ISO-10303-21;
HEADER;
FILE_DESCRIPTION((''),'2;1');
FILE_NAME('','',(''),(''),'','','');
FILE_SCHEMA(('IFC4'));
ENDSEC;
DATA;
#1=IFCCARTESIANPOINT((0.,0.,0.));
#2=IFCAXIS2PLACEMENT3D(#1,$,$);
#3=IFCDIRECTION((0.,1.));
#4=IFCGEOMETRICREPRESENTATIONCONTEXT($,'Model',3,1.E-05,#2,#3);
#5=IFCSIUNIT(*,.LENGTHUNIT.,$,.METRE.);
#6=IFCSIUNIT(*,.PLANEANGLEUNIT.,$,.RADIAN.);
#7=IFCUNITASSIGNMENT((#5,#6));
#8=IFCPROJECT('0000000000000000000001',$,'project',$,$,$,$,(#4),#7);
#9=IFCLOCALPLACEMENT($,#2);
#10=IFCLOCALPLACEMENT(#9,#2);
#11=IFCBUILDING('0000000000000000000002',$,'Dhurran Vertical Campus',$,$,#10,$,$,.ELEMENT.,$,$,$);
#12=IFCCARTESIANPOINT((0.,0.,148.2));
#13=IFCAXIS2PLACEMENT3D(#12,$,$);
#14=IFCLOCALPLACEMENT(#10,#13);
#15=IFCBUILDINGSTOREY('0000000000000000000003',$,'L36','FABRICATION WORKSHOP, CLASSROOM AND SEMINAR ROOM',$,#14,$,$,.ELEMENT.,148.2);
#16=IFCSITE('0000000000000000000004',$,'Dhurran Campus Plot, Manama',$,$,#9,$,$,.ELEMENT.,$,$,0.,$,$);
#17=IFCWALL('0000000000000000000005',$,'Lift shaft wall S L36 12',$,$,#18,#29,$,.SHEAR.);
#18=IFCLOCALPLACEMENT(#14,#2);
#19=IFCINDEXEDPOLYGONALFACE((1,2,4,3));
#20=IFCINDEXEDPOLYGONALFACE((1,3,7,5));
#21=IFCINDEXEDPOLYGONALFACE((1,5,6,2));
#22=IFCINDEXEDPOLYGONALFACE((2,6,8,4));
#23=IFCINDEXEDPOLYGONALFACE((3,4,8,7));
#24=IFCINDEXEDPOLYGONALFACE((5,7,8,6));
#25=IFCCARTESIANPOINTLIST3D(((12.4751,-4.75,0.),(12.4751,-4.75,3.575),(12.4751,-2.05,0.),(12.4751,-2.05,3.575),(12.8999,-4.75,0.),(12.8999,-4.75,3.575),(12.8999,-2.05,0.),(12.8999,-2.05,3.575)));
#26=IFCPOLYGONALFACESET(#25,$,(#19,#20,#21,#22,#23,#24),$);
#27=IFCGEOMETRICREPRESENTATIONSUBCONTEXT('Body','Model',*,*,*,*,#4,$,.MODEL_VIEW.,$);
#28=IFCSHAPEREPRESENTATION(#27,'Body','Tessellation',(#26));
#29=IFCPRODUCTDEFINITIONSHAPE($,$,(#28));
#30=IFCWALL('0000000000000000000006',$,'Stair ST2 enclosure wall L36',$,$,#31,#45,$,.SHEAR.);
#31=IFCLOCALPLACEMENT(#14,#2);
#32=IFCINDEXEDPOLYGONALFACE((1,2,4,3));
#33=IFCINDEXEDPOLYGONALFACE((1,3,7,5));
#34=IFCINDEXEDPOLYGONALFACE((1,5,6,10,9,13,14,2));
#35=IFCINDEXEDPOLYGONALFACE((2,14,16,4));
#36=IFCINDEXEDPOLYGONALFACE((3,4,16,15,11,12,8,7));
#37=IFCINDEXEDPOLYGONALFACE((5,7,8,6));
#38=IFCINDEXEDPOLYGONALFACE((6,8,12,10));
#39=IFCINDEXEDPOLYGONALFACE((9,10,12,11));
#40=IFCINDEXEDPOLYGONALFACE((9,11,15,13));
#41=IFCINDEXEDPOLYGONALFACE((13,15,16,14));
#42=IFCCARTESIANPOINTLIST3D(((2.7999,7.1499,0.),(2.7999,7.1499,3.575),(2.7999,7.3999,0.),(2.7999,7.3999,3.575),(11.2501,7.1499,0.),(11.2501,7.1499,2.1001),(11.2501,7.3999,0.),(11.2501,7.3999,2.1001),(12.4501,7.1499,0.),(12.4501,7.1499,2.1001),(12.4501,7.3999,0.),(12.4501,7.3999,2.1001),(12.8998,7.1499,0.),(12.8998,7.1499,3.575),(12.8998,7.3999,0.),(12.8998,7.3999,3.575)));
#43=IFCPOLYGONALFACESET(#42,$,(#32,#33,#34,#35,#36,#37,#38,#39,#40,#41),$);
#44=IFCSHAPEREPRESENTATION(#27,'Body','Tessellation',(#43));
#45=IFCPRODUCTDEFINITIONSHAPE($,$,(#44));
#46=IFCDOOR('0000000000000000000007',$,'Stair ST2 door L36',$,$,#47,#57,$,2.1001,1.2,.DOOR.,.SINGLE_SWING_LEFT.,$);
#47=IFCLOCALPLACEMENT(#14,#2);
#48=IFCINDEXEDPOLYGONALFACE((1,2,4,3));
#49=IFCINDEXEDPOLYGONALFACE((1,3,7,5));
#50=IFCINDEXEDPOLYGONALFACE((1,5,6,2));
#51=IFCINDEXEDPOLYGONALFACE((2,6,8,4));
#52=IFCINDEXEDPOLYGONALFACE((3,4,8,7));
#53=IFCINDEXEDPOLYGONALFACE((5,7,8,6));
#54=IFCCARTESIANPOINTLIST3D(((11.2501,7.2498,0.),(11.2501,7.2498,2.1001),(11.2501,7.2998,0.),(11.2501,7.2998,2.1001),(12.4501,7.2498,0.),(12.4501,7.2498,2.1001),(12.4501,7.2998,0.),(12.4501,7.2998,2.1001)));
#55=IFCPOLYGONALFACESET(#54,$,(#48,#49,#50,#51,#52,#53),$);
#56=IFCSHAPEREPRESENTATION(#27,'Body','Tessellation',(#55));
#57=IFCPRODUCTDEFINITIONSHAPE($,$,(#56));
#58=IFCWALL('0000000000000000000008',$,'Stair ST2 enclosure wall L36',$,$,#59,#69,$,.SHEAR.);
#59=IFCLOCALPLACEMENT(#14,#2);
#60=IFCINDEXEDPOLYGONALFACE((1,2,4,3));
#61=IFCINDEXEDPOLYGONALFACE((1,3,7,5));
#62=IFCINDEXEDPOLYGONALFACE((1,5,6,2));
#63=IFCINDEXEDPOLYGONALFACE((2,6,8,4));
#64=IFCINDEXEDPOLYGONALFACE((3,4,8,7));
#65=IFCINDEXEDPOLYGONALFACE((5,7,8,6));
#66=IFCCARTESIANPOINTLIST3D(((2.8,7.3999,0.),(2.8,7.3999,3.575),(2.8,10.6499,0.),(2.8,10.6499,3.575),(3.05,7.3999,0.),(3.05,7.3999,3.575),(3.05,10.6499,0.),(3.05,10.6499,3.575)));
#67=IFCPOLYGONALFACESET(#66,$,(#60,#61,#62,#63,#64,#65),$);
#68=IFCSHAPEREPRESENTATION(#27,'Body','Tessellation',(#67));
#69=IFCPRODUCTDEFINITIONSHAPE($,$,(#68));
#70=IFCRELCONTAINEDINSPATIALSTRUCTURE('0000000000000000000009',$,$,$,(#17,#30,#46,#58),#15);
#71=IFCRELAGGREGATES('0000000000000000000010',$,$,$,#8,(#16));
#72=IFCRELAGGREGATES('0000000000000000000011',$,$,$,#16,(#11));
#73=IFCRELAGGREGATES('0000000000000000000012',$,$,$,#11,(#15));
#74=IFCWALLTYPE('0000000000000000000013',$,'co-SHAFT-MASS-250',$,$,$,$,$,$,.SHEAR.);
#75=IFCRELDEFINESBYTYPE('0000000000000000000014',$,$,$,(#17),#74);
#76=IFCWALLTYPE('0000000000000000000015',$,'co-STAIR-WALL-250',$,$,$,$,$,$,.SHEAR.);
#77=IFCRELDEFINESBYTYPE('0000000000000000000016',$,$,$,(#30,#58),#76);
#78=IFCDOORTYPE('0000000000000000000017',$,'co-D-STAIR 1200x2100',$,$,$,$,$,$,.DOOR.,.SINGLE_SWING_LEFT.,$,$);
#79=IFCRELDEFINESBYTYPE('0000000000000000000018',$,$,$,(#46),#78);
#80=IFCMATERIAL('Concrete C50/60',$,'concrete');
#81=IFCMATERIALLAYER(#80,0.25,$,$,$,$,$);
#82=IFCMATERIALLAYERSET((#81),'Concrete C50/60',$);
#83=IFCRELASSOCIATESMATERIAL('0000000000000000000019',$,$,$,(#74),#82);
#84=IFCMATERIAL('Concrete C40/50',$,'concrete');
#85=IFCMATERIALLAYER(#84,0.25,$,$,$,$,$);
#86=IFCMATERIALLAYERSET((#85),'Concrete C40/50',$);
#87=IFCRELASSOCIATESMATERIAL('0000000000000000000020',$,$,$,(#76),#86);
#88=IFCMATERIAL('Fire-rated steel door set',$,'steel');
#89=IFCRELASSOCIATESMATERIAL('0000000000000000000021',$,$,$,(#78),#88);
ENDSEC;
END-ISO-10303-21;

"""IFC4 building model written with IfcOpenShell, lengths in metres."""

from ifc_helpers import new_model, si_unit, direction, frame, frame_2d, origin, place, context, subcontext, project, spatial, polyline, rectangle, outline, extrude, material, layer, layer_set, type_object, element, fill, save


model = new_model("IFC4")

# Units and contexts
model_context = context("Model", 3, precision=1e-05, world=origin(), true_north=direction((0.0, 1.0)))
body_context = subcontext(model_context, "Body", "Model", "MODEL_VIEW")
ifc_project = project(units=[si_unit("LENGTHUNIT", "METRE"), si_unit("PLANEANGLEUNIT", "RADIAN")], contexts=[model_context])

# Site, building, storey
site_placement = place(None, origin())
site = spatial("IfcSite", under=ifc_project, at=site_placement, Name="Dhurran Campus Plot, Manama", CompositionType="ELEMENT", RefElevation=0.0)
building_placement = place(site_placement, origin())
building = spatial("IfcBuilding", under=site, at=building_placement, Name="Dhurran Vertical Campus", CompositionType="ELEMENT")
storey_placement = place(building_placement, frame((0.0, 0.0, 148.2)))
storey = spatial("IfcBuildingStorey", under=building, at=storey_placement, Name="L36", Description="FABRICATION WORKSHOP, CLASSROOM AND SEMINAR ROOM", CompositionType="ELEMENT", Elevation=148.2)

# Wall
ifc_material_1 = material(Name="Concrete C50/60", Category="concrete")
ifc_layer_1 = layer(ifc_material_1, 0.25)
ifc_layer_set_1 = layer_set([ifc_layer_1], Name="Concrete C50/60")
wall_type_1 = type_object("IfcWallType", Name="co-SHAFT-MASS-250", PredefinedType="SHEAR", material=ifc_layer_set_1)
wall_1_placement = place(storey_placement, origin())
element("IfcWall", 1, at=wall_1_placement, inside=storey, type_object=wall_type_1, Name="Lift shaft wall S L36 12", PredefinedType="SHEAR", context=body_context, shape_type="SweptSolid", body=[
    extrude(outline(polyline([(12.4751, -4.75), (12.8999, -4.75), (12.8999, -2.05), (12.4751, -2.05), (12.4751, -4.75)])), origin(), (0.0, 0.0, 1.0), 3.575),
])

# Wall, opening, door
ifc_material_2 = material(Name="Concrete C40/50", Category="concrete")
ifc_layer_2 = layer(ifc_material_2, 0.25)
ifc_layer_set_2 = layer_set([ifc_layer_2], Name="Concrete C40/50")
wall_type_2 = type_object("IfcWallType", Name="co-STAIR-WALL-250", PredefinedType="SHEAR", material=ifc_layer_set_2)
wall_2_placement = place(storey_placement, frame((2.8, 7.2749, 0.0), z_axis=(0.0, 0.0, 1.0), x_axis=(1.0, 0.0, 0.0)))
wall_2 = element("IfcWall", 2, at=wall_2_placement, inside=storey, type_object=wall_type_2, Name="Stair ST2 enclosure wall L36", PredefinedType="SHEAR", context=body_context, shape_type="SweptSolid", body=[
    extrude(rectangle(XDim=10.0999, YDim=0.25, at=frame_2d((5.0498, 0.0))), origin(), (0.0, 0.0, 1.0), 3.575),
])
opening_1_placement = place(wall_2_placement, frame((8.45, 0.0, 0.0)))
opening_1 = element("IfcOpeningElement", 3, at=opening_1_placement, cuts=wall_2, PredefinedType="OPENING", context=body_context, shape_type="SweptSolid", body=[
    extrude(rectangle(XDim=1.2, YDim=2.1001, at=frame_2d((0.6001, 1.05))), frame((0.0, 0.135, 0.0), z_axis=(0.0, -1.0, 0.0), x_axis=(1.0, 0.0, 0.0)), (0.0, 0.0, 1.0), 0.27),
])
ifc_material_3 = material(Name="Fire-rated steel door set", Category="steel")
door_type_1 = type_object("IfcDoorType", Name="co-D-STAIR 1200x2100", OperationType="SINGLE_SWING_LEFT", PredefinedType="DOOR", material=ifc_material_3)
door_1_placement = place(opening_1_placement, origin())
door_1 = element("IfcDoor", 4, at=door_1_placement, inside=storey, type_object=door_type_1, Name="Stair ST2 door L36", OperationType="SINGLE_SWING_LEFT", OverallHeight=2.1001, OverallWidth=1.2, PredefinedType="DOOR", context=body_context, shape_type="SweptSolid", body=[
    extrude(rectangle(XDim=1.2, YDim=2.1001, at=frame_2d((0.6001, 1.05))), frame((0.0, 0.0249, 0.0), z_axis=(0.0, -1.0, 0.0), x_axis=(1.0, 0.0, 0.0)), (0.0, 0.0, 1.0), 0.05),
])
fill(opening_1, door_1)

# Wall
wall_3_placement = place(storey_placement, frame((2.925, 7.3999, 0.0), z_axis=(0.0, 0.0, 1.0), x_axis=(0.0, 1.0, 0.0)))
element("IfcWall", 5, at=wall_3_placement, inside=storey, type_object=wall_type_2, Name="Stair ST2 enclosure wall L36", PredefinedType="SHEAR", context=body_context, shape_type="SweptSolid", body=[
    extrude(rectangle(XDim=3.25, YDim=0.25, at=frame_2d((1.625, 0.0))), origin(), (0.0, 0.0, 1.0), 3.575),
])

save(model, "model.ifc")
